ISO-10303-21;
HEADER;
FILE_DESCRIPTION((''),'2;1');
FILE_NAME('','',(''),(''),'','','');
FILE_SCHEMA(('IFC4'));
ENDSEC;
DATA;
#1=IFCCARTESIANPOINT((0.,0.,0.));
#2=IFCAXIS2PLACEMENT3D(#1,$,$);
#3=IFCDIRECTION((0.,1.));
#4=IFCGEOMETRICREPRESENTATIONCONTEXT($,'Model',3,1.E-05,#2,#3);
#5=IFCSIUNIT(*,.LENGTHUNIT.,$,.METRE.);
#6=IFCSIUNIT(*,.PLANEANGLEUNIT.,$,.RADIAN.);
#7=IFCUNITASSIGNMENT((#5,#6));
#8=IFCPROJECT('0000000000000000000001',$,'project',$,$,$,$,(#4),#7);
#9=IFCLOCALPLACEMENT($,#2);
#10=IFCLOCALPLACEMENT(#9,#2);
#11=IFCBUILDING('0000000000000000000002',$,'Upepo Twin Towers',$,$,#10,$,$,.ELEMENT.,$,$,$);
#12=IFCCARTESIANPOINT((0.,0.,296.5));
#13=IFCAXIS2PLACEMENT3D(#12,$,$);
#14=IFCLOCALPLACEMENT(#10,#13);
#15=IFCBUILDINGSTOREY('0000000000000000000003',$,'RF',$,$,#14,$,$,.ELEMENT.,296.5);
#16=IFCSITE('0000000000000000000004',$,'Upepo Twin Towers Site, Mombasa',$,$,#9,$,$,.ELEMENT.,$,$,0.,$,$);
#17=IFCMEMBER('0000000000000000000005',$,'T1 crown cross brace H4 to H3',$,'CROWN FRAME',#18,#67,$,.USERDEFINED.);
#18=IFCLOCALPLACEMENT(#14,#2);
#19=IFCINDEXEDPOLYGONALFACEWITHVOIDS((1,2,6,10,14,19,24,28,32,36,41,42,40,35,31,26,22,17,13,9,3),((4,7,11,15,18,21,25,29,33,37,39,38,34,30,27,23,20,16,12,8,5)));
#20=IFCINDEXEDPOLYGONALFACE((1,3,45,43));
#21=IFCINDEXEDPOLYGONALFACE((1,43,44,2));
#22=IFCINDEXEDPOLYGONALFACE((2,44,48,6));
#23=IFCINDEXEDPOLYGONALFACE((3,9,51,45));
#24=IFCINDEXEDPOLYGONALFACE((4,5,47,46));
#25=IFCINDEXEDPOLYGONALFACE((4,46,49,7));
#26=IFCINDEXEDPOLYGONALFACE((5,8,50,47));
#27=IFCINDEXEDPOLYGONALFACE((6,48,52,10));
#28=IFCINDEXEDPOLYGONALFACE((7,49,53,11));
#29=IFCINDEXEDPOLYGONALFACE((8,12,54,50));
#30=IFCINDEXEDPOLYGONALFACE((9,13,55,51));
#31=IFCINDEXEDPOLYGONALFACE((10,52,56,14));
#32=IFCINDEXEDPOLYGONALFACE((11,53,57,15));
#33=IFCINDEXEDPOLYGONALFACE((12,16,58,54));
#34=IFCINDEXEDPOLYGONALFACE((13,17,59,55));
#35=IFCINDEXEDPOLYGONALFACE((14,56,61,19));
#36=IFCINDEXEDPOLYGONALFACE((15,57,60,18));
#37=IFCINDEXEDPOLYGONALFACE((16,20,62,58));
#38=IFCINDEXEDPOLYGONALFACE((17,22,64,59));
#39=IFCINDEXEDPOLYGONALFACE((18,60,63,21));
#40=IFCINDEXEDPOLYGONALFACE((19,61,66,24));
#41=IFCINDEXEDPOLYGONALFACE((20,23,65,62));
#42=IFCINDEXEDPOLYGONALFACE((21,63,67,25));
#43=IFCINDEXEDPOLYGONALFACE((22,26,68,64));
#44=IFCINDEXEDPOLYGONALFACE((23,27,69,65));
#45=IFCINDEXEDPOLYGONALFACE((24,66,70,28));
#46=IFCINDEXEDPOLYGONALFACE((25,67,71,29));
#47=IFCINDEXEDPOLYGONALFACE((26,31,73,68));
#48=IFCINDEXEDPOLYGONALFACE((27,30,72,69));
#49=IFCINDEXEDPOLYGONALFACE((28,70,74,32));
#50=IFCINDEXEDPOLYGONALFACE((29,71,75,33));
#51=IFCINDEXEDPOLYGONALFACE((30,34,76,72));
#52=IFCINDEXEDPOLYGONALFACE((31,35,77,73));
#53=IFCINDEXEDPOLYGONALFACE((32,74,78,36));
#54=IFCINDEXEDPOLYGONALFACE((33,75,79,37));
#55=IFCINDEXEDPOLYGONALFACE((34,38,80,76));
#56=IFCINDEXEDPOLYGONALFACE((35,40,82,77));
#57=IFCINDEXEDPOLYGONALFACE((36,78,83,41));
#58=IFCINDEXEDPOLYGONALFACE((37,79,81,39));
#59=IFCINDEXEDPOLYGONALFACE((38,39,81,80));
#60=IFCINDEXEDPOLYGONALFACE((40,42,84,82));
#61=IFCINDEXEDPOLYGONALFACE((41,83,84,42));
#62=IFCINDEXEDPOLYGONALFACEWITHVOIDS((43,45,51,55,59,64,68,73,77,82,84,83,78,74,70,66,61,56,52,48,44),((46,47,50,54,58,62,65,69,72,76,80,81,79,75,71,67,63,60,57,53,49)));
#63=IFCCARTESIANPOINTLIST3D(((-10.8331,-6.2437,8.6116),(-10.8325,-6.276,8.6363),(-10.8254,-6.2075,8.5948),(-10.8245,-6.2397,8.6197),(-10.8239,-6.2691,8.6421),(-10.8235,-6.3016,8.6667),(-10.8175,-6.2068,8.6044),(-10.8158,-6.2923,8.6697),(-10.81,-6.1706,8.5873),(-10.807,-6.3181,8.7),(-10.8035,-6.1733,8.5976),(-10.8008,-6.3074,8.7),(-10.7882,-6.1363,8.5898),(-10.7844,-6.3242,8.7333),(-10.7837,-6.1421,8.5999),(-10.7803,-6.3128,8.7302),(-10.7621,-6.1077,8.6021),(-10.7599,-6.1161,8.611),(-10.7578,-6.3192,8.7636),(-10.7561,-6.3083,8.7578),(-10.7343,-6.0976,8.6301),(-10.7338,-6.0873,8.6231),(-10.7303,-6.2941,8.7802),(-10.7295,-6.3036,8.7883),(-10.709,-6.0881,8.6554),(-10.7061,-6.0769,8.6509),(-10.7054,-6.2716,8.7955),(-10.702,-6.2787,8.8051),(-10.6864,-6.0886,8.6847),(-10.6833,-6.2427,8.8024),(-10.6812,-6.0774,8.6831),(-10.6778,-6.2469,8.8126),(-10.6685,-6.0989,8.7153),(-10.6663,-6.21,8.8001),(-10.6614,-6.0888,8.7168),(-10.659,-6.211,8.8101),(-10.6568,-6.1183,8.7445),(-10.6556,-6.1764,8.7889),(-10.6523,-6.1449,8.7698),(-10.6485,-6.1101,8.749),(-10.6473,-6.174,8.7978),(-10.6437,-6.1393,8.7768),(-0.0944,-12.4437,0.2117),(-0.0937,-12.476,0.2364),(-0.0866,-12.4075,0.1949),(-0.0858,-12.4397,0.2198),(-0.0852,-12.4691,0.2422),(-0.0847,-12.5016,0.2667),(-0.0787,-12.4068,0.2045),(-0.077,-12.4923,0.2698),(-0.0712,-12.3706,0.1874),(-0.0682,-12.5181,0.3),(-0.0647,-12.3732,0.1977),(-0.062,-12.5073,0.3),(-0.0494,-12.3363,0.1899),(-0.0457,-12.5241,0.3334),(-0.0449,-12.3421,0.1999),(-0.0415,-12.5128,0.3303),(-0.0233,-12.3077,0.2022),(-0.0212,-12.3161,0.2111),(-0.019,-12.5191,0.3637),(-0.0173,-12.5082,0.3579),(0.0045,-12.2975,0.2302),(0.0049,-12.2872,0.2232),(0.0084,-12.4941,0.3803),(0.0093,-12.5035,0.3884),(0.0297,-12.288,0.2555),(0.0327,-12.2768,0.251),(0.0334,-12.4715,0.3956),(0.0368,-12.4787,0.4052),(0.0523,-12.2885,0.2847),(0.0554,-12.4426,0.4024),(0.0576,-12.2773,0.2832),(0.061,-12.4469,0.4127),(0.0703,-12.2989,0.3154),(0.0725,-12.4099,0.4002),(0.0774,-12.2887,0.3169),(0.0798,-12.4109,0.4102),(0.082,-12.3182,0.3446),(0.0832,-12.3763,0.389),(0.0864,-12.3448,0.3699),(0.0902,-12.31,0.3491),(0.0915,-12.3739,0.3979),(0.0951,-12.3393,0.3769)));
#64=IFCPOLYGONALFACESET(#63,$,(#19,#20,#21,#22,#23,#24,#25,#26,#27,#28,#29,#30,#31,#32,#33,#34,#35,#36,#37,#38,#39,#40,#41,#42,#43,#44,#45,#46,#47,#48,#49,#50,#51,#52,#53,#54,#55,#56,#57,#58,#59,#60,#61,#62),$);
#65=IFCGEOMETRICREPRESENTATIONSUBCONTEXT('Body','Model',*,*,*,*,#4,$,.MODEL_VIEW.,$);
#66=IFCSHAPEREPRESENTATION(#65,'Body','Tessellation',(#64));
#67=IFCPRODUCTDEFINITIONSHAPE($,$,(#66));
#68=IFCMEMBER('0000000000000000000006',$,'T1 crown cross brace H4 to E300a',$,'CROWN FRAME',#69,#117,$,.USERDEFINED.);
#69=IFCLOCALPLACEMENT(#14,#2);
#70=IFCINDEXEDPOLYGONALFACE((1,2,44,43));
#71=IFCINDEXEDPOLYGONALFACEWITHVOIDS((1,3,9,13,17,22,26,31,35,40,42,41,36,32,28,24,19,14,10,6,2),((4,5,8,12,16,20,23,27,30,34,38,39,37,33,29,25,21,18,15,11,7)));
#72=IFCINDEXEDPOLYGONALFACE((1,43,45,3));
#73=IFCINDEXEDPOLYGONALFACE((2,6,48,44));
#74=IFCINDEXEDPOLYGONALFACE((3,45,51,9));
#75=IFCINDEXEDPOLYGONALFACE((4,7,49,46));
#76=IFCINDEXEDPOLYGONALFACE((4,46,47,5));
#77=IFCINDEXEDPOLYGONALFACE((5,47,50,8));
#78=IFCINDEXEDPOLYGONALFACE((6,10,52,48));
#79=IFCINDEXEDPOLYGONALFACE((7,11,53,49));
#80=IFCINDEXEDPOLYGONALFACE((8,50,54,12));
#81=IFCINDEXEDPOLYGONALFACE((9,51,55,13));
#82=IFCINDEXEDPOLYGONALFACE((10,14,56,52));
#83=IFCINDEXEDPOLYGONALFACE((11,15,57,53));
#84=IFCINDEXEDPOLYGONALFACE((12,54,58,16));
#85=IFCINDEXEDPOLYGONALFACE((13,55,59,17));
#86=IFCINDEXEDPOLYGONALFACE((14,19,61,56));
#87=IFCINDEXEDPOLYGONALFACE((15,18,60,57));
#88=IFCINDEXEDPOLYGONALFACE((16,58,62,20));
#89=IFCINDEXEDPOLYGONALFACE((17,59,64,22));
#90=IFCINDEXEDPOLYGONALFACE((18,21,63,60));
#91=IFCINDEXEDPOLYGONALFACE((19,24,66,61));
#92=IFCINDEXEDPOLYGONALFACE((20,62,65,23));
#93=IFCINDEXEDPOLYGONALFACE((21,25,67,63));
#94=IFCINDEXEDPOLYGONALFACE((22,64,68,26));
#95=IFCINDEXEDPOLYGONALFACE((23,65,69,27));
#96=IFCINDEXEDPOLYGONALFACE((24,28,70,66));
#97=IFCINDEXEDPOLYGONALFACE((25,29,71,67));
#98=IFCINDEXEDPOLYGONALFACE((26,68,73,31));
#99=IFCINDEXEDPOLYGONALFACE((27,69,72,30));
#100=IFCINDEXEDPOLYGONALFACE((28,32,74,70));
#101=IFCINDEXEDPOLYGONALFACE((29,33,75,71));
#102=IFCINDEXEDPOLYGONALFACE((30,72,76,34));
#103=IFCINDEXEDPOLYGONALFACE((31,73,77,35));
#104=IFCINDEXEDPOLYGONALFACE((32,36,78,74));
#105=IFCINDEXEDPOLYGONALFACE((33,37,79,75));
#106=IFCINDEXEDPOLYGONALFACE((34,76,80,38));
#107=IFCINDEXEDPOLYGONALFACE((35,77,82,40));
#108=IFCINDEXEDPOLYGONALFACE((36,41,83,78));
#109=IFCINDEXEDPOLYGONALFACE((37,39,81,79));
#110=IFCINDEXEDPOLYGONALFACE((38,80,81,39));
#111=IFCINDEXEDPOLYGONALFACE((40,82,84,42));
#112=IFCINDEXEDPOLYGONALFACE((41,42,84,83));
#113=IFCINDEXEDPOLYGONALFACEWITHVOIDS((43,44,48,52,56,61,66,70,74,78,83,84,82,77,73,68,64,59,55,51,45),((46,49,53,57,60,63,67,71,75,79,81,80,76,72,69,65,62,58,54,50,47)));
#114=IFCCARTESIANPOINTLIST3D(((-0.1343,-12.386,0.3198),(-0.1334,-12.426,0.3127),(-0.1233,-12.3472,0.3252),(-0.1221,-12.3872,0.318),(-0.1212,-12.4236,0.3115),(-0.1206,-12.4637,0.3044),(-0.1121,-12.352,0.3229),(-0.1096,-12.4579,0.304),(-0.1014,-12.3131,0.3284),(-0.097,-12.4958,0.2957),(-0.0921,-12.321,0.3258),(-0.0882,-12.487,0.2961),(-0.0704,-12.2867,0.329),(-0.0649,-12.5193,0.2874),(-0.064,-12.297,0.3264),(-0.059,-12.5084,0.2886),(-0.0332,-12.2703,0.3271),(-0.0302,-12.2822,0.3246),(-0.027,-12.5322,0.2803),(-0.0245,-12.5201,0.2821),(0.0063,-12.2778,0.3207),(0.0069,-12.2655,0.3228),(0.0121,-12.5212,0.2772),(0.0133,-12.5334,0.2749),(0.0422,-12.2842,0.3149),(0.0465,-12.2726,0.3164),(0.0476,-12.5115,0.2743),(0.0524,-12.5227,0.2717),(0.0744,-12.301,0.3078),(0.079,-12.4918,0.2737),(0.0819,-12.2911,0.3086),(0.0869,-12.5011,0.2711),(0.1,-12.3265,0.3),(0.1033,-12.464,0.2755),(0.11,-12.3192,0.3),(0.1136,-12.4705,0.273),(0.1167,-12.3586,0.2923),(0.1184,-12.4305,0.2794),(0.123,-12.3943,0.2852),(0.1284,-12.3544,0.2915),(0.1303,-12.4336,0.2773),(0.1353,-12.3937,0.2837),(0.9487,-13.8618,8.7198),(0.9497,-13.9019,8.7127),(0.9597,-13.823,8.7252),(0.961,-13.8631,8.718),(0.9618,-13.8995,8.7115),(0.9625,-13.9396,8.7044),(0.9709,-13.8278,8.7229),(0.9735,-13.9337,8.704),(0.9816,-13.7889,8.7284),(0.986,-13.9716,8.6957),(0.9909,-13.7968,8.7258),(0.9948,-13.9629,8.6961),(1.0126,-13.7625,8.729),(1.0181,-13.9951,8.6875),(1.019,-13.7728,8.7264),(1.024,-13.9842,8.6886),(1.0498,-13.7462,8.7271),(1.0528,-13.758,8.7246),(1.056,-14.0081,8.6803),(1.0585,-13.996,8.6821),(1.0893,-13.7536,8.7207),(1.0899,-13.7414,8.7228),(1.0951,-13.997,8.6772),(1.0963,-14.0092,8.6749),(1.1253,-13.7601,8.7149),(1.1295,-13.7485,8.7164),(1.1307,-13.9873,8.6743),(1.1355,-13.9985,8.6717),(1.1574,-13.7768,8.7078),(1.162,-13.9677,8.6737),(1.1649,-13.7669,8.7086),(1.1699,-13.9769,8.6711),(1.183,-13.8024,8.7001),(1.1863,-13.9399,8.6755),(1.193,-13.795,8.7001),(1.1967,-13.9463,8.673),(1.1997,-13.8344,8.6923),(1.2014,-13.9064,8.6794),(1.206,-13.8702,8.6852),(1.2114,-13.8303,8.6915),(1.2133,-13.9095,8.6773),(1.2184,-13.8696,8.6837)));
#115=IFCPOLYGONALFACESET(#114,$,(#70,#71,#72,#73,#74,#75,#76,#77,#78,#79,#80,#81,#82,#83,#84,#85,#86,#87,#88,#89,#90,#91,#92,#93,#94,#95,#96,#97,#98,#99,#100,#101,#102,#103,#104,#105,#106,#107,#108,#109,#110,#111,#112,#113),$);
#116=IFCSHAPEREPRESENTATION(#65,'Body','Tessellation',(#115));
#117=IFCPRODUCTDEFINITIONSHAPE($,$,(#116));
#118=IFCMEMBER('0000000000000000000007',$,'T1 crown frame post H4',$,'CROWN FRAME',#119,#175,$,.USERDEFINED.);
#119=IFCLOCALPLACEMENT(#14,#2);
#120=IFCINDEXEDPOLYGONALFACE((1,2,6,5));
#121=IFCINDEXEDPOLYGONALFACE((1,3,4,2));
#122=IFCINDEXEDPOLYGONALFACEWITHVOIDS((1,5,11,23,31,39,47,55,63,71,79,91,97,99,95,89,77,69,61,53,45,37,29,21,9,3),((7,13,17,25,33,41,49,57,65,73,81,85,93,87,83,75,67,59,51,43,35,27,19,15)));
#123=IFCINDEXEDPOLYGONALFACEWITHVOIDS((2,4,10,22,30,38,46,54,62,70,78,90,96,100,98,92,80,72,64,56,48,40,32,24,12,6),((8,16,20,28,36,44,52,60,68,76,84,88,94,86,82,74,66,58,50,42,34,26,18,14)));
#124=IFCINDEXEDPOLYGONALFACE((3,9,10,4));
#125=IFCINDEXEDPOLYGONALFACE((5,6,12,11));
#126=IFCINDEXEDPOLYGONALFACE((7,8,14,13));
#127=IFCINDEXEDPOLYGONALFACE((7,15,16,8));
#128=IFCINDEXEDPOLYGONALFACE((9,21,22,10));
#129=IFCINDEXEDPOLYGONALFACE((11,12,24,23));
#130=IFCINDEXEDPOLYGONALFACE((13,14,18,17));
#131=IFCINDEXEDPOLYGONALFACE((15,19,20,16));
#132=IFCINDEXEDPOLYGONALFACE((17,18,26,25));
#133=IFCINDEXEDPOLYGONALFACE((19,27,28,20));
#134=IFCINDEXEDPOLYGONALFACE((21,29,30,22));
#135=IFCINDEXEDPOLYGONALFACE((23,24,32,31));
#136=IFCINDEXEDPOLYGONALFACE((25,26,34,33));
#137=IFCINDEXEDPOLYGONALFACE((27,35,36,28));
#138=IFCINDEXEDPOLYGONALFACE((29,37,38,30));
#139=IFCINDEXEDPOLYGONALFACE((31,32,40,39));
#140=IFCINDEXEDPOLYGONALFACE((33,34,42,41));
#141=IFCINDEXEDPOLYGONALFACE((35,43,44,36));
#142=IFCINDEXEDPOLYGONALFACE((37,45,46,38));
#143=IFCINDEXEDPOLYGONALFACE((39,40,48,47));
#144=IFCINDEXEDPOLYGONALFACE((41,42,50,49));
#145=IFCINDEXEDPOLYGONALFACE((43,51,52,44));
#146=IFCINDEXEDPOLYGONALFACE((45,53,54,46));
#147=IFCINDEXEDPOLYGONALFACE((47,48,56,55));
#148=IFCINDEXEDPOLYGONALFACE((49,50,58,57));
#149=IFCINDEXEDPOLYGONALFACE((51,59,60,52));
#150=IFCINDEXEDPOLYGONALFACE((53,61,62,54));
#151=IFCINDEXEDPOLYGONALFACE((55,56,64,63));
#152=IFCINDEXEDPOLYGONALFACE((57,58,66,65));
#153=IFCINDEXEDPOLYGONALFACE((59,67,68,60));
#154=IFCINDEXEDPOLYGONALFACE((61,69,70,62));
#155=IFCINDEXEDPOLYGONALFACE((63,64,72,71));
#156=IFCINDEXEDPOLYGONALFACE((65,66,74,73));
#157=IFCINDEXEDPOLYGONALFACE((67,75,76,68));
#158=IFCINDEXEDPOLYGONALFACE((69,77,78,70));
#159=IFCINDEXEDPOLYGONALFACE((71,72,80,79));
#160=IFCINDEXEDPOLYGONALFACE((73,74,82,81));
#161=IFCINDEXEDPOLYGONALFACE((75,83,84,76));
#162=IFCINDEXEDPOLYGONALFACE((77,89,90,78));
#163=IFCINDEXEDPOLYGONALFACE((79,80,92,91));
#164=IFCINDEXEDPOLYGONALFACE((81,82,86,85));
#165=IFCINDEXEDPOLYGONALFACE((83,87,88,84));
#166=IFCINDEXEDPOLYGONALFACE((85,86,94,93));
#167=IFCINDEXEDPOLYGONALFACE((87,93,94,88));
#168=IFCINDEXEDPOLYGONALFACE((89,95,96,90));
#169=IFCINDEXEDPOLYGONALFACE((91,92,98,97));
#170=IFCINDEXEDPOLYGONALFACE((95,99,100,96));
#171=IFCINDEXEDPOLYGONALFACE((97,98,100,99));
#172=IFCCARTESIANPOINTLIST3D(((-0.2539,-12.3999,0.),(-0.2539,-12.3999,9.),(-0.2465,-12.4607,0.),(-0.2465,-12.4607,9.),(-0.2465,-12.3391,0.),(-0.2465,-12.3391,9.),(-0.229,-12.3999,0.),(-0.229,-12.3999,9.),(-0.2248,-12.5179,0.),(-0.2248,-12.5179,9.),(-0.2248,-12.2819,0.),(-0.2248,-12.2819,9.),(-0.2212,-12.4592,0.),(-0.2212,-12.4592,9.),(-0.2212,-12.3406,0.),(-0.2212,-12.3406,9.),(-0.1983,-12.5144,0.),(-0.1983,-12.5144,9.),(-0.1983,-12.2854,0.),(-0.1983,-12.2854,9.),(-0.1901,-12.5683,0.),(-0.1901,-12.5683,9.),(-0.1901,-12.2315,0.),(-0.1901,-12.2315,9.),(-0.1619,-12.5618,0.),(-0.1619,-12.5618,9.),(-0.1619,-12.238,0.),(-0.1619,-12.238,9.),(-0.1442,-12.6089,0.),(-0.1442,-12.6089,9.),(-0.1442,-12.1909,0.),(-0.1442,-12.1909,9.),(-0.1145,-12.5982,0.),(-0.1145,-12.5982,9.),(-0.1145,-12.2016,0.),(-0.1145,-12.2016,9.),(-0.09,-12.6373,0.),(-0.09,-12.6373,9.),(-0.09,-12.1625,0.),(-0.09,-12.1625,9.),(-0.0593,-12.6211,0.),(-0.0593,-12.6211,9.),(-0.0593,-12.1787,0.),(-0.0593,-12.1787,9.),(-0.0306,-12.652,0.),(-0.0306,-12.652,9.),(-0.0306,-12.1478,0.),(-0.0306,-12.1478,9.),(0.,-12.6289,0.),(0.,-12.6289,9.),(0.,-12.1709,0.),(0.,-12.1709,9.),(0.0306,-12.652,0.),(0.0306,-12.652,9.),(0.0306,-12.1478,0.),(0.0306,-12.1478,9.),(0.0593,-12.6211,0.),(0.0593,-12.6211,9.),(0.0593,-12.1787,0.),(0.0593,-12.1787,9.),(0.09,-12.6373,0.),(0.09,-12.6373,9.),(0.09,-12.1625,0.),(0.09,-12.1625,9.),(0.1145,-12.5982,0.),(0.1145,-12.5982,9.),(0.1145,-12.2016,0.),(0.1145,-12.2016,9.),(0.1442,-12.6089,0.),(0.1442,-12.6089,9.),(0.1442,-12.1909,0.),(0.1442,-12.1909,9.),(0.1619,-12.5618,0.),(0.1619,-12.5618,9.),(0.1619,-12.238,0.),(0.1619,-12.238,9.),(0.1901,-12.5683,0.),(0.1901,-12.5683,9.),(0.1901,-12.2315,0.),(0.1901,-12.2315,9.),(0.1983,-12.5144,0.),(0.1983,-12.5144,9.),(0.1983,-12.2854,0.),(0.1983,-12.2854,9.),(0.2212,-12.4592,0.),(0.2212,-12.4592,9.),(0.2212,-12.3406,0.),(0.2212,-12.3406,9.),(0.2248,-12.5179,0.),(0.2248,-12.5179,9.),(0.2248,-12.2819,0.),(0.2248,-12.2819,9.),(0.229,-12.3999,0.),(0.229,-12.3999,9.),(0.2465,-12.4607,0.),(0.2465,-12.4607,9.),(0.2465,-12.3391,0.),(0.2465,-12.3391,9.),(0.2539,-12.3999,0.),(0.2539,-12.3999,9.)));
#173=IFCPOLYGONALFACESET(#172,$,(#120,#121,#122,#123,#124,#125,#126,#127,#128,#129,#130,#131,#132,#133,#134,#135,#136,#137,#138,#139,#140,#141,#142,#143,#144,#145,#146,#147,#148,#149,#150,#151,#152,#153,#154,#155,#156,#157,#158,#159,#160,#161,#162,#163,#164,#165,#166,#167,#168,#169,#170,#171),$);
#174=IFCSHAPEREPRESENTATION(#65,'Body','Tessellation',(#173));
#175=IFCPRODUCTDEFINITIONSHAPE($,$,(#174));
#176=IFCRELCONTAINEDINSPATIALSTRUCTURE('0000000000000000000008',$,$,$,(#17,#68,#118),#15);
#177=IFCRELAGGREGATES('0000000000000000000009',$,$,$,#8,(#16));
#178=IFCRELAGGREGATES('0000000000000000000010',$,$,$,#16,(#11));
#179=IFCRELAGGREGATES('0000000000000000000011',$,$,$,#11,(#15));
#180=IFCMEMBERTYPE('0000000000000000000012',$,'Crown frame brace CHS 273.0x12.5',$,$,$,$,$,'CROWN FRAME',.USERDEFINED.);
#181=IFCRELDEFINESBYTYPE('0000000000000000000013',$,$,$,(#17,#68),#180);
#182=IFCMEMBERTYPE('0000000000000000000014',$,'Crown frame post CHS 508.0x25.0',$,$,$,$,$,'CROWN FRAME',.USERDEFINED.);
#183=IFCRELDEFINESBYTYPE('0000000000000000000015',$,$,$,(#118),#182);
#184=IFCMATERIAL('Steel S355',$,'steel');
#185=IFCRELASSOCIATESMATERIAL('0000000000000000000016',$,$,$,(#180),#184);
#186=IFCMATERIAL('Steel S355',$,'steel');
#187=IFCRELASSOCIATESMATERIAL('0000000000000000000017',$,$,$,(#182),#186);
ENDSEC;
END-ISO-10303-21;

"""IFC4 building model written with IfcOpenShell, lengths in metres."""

from ifc_helpers import new_model, si_unit, direction, frame, origin, origin_2d, place, context, subcontext, project, spatial, hollow_circle, extrude, material, material_profile, profile_set, type_object, element, save


model = new_model("IFC4")

# Units and contexts
model_context = context("Model", 3, precision=1e-05, world=origin(), true_north=direction((0.0, 1.0)))
body_context = subcontext(model_context, "Body", "Model", "MODEL_VIEW")
ifc_project = project(units=[si_unit("LENGTHUNIT", "METRE"), si_unit("PLANEANGLEUNIT", "RADIAN")], contexts=[model_context])

# Site, building, storey
site_placement = place(None, origin())
site = spatial("IfcSite", under=ifc_project, at=site_placement, Name="Upepo Twin Towers Site, Mombasa", CompositionType="ELEMENT", RefElevation=0.0)
building_placement = place(site_placement, origin())
building = spatial("IfcBuilding", under=site, at=building_placement, Name="Upepo Twin Towers", CompositionType="ELEMENT")
storey_placement = place(building_placement, frame((0.0, 0.0, 296.5)))
storey = spatial("IfcBuildingStorey", under=building, at=storey_placement, Name="RF", CompositionType="ELEMENT", Elevation=296.5)

# Members
ifc_material_1 = material(Name="Steel S355", Category="steel")
ifc_material_profile_1 = material_profile(ifc_material_1, hollow_circle(Radius=0.1365, WallThickness=0.0125, at=origin_2d()), Name="CHS 273.0x12.5")
ifc_profile_set_1 = profile_set([ifc_material_profile_1], Name="Steel S355")
member_type_1 = type_object("IfcMemberType", Name="Crown frame brace CHS 273.0x12.5", ElementType="CROWN FRAME", PredefinedType="USERDEFINED", material=ifc_profile_set_1)
member_1_placement = place(storey_placement, frame((0.0, -12.3999, 0.3), z_axis=(-0.717004, 0.413957, 0.560843), x_axis=(-0.499995, -0.866028, 0.0)))
element("IfcMember", 1, at=member_1_placement, inside=storey, type_object=member_type_1, Name="T1 crown cross brace H4 to H3", ObjectType="CROWN FRAME", PredefinedType="USERDEFINED", context=body_context, shape_type="SweptSolid", body=[
    extrude(hollow_circle(Radius=0.1365, WallThickness=0.0125, at=origin_2d()), origin(), (0.0, 0.0, 1.0), 14.9773),
])
member_2_placement = place(storey_placement, frame((0.0, -12.3999, 0.3), z_axis=(0.125974, -0.171667, 0.977068), x_axis=(0.806214, 0.591624, 0.0)))
element("IfcMember", 2, at=member_2_placement, inside=storey, type_object=member_type_1, Name="T1 crown cross brace H4 to E300a", ObjectType="CROWN FRAME", PredefinedType="USERDEFINED", context=body_context, shape_type="SweptSolid", body=[
    extrude(hollow_circle(Radius=0.1365, WallThickness=0.0125, at=origin_2d()), origin(), (0.0, 0.0, 1.0), 8.5972),
])
ifc_material_2 = material(Name="Steel S355", Category="steel")
ifc_material_profile_2 = material_profile(ifc_material_2, hollow_circle(Radius=0.2539, WallThickness=0.0249, at=origin_2d()), Name="CHS 508.0x25.0")
ifc_profile_set_2 = profile_set([ifc_material_profile_2], Name="Steel S355")
member_type_2 = type_object("IfcMemberType", Name="Crown frame post CHS 508.0x25.0", ElementType="CROWN FRAME", PredefinedType="USERDEFINED", material=ifc_profile_set_2)
member_3_placement = place(storey_placement, frame((0.0, -12.3999, 0.0), z_axis=(0.0, 0.0, 1.0), x_axis=(1.0, 0.0, 0.0)))
element("IfcMember", 3, at=member_3_placement, inside=storey, type_object=member_type_2, Name="T1 crown frame post H4", ObjectType="CROWN FRAME", PredefinedType="USERDEFINED", context=body_context, shape_type="SweptSolid", body=[
    extrude(hollow_circle(Radius=0.2539, WallThickness=0.0249, at=origin_2d()), origin(), (0.0, 0.0, 1.0), 9.0),
])

save(model, "model.ifc")
